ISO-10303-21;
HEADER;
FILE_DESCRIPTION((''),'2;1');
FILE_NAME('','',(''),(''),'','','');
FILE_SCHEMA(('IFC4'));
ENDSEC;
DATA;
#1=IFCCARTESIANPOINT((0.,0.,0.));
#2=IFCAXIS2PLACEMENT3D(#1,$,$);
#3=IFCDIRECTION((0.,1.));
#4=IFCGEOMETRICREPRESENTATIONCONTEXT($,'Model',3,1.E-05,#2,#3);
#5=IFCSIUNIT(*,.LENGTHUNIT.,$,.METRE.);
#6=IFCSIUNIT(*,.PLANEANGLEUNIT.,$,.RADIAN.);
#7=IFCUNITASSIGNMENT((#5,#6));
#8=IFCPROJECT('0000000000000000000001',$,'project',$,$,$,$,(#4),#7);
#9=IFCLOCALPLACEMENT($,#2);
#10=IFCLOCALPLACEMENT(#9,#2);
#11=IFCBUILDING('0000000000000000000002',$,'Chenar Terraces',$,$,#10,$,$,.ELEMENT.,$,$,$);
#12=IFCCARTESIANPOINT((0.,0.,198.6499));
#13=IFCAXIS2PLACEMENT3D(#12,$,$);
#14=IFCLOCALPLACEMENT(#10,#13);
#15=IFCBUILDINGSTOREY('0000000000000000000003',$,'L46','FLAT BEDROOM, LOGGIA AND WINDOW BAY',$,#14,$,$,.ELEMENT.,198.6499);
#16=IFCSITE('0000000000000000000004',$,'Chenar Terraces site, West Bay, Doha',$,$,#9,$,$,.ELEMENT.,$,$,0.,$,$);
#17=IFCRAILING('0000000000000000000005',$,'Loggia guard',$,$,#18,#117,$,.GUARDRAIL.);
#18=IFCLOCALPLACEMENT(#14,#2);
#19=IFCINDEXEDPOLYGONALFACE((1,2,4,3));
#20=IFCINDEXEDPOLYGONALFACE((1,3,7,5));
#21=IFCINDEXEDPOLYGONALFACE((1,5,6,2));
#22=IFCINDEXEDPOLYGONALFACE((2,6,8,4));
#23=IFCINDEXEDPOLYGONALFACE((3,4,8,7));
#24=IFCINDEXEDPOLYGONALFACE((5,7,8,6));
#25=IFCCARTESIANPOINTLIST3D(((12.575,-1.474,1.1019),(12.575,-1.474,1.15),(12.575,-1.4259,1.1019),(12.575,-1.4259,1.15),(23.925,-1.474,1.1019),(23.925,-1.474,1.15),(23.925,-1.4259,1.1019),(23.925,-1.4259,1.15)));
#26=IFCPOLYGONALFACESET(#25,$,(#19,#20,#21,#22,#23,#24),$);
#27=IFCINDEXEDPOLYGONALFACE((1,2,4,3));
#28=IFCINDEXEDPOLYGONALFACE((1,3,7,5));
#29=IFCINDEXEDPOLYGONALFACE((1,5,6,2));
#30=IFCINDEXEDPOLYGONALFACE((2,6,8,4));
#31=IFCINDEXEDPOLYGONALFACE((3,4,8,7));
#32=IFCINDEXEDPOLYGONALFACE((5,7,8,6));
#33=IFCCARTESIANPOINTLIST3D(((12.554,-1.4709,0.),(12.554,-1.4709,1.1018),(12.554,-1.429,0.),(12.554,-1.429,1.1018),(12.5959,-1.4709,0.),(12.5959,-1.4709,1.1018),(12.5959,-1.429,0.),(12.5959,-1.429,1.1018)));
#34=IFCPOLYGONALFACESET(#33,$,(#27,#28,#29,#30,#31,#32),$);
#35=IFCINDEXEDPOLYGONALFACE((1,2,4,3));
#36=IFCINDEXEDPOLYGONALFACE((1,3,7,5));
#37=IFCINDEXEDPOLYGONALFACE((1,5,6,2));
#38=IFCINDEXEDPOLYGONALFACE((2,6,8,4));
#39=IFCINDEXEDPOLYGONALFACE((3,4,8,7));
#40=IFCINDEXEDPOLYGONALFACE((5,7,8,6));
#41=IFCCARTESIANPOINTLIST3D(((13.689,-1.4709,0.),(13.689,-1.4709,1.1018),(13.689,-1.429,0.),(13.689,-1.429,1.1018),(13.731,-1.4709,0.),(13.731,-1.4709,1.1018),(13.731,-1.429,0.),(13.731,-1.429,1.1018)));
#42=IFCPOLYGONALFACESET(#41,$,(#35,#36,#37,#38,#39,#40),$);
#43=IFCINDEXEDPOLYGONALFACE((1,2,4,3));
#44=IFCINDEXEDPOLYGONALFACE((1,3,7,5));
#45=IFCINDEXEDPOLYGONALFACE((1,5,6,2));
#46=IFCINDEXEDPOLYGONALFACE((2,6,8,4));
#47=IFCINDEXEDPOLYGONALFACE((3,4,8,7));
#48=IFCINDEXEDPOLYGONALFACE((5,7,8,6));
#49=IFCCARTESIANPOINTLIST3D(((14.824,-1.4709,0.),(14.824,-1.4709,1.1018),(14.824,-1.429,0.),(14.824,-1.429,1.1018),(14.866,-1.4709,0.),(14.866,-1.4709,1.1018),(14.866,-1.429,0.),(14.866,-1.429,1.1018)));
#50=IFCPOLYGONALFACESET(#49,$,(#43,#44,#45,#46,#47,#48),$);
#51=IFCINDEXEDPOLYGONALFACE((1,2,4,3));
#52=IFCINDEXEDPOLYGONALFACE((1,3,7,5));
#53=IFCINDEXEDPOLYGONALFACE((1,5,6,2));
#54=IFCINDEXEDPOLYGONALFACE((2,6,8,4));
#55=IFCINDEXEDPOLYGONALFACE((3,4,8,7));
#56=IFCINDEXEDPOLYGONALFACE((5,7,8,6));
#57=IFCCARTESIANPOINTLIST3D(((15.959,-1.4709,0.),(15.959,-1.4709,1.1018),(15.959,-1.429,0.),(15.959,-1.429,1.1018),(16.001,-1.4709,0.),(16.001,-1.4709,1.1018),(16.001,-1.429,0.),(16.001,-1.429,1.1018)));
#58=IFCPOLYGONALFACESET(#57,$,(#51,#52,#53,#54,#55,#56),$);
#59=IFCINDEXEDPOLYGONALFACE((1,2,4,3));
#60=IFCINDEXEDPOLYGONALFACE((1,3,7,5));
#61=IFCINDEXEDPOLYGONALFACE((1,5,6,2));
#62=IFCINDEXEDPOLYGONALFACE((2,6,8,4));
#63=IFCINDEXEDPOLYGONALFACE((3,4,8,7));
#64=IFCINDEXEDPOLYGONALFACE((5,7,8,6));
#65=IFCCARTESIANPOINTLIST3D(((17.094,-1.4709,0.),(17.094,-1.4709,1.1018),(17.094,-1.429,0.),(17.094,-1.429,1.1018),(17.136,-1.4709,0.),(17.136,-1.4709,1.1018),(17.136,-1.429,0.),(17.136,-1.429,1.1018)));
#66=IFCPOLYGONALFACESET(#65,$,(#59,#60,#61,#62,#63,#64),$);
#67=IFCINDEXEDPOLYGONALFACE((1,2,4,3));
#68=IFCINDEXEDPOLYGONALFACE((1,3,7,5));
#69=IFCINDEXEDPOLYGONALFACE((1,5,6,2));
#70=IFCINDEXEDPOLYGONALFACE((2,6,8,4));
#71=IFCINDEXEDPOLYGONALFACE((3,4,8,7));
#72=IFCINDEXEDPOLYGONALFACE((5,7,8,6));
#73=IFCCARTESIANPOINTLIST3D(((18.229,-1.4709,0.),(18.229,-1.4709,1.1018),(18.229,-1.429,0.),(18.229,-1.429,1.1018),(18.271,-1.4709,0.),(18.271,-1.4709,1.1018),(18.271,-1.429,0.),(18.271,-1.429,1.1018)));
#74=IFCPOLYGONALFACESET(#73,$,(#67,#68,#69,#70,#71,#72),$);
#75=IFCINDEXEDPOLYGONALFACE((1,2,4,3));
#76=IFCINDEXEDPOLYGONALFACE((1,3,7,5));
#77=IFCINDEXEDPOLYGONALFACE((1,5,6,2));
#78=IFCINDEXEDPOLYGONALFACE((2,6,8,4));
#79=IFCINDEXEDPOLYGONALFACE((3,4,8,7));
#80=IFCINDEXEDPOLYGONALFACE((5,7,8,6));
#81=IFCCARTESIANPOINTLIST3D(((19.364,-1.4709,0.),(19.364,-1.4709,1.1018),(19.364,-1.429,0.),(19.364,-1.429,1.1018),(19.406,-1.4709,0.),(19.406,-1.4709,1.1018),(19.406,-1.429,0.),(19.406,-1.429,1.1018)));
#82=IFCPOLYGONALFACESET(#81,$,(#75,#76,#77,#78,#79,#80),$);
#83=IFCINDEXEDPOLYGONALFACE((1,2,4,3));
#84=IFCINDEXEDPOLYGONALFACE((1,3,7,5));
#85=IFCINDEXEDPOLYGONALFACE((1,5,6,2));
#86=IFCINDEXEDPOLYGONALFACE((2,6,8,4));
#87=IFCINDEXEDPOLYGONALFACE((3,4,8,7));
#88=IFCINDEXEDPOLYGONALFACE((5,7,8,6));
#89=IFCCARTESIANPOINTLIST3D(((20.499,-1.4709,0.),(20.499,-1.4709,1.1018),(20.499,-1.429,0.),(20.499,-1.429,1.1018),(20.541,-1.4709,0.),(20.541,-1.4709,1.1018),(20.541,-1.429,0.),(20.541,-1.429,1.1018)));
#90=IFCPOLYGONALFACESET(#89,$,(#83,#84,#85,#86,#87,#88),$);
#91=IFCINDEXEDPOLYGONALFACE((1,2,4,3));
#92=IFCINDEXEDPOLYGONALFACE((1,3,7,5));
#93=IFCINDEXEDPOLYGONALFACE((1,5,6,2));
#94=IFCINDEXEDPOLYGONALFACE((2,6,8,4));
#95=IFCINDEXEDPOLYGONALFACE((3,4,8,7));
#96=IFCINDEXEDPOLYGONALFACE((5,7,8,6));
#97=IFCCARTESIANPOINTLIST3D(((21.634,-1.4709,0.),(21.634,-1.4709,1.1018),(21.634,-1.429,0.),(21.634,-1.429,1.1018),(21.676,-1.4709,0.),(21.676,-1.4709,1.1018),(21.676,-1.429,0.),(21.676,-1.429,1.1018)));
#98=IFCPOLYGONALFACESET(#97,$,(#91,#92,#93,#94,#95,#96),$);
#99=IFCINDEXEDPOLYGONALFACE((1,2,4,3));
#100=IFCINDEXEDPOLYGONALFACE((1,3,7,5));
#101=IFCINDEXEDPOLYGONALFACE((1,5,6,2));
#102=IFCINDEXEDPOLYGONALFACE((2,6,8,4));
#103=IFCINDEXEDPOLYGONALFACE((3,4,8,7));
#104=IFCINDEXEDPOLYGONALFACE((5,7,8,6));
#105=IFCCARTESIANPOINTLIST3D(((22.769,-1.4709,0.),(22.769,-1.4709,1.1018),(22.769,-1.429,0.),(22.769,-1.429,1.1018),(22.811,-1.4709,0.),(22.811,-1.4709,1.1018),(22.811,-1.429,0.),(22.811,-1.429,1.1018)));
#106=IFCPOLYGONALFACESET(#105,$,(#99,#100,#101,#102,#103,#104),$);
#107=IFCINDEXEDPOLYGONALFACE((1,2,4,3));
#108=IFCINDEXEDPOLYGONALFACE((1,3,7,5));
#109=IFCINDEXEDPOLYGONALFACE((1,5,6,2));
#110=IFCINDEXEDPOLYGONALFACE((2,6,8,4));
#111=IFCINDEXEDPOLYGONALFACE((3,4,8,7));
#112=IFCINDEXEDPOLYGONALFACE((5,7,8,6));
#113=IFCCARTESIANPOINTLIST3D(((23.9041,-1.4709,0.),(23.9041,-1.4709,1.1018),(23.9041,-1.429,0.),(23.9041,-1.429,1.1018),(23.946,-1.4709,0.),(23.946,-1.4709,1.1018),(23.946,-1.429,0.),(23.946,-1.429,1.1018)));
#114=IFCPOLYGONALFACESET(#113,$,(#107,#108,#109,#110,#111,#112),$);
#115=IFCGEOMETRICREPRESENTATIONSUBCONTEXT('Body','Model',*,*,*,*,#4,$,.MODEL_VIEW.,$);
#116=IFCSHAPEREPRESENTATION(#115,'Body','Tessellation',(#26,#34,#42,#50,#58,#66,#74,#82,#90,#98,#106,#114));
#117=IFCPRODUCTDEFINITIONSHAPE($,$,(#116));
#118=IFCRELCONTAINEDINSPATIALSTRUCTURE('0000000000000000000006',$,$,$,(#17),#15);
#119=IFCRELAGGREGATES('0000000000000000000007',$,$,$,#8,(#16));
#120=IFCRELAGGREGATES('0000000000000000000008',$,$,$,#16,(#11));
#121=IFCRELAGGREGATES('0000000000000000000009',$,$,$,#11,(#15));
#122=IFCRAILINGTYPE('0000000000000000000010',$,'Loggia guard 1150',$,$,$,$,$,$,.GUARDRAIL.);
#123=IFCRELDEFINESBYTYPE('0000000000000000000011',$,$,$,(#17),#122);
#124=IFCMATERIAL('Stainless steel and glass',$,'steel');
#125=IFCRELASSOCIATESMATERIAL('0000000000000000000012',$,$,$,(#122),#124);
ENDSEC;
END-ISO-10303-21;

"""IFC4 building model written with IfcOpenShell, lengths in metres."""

from ifc_helpers import new_model, si_unit, direction, frame, origin, origin_2d, place, context, subcontext, project, spatial, rectangle, extrude, material, type_object, element, save


model = new_model("IFC4")

# Units and contexts
model_context = context("Model", 3, precision=1e-05, world=origin(), true_north=direction((0.0, 1.0)))
body_context = subcontext(model_context, "Body", "Model", "MODEL_VIEW")
ifc_project = project(units=[si_unit("LENGTHUNIT", "METRE"), si_unit("PLANEANGLEUNIT", "RADIAN")], contexts=[model_context])

# Site, building, storey
site_placement = place(None, origin())
site = spatial("IfcSite", under=ifc_project, at=site_placement, Name="Chenar Terraces site, West Bay, Doha", CompositionType="ELEMENT", RefElevation=0.0)
building_placement = place(site_placement, origin())
building = spatial("IfcBuilding", under=site, at=building_placement, Name="Chenar Terraces", CompositionType="ELEMENT")
storey_placement = place(building_placement, frame((0.0, 0.0, 198.6499)))
storey = spatial("IfcBuildingStorey", under=building, at=storey_placement, Name="L46", Description="FLAT BEDROOM, LOGGIA AND WINDOW BAY", CompositionType="ELEMENT", Elevation=198.6499)

# Railing
ifc_material_1 = material(Name="Stainless steel and glass", Category="steel")
railing_type = type_object("IfcRailingType", Name="Loggia guard 1150", PredefinedType="GUARDRAIL", material=ifc_material_1)
railing_placement = place(storey_placement, frame((12.575, -1.45, 0.0)))
element("IfcRailing", 1, at=railing_placement, inside=storey, type_object=railing_type, Name="Loggia guard", PredefinedType="GUARDRAIL", context=body_context, shape_type="SweptSolid", body=[
    extrude(rectangle(XDim=0.0481, YDim=0.0481, at=origin_2d()), frame((0.0, 0.0, 1.126), z_axis=(1.0, 0.0, 0.0), x_axis=(0.0, 1.0, 0.0)), (0.0, 0.0, 1.0), 11.3501),
    extrude(rectangle(XDim=0.042, YDim=0.042, at=origin_2d()), origin(), (0.0, 0.0, 1.0), 1.1018),
    extrude(rectangle(XDim=0.042, YDim=0.042, at=origin_2d()), frame((1.135, 0.0, 0.0)), (0.0, 0.0, 1.0), 1.1018),
    extrude(rectangle(XDim=0.042, YDim=0.042, at=origin_2d()), frame((2.27, 0.0, 0.0)), (0.0, 0.0, 1.0), 1.1018),
    extrude(rectangle(XDim=0.042, YDim=0.042, at=origin_2d()), frame((3.405, 0.0, 0.0)), (0.0, 0.0, 1.0), 1.1018),
    extrude(rectangle(XDim=0.042, YDim=0.042, at=origin_2d()), frame((4.54, 0.0, 0.0)), (0.0, 0.0, 1.0), 1.1018),
    extrude(rectangle(XDim=0.042, YDim=0.042, at=origin_2d()), frame((5.675, 0.0, 0.0)), (0.0, 0.0, 1.0), 1.1018),
    extrude(rectangle(XDim=0.042, YDim=0.042, at=origin_2d()), frame((6.8101, 0.0, 0.0)), (0.0, 0.0, 1.0), 1.1018),
    extrude(rectangle(XDim=0.042, YDim=0.042, at=origin_2d()), frame((7.9451, 0.0, 0.0)), (0.0, 0.0, 1.0), 1.1018),
    extrude(rectangle(XDim=0.042, YDim=0.042, at=origin_2d()), frame((9.0801, 0.0, 0.0)), (0.0, 0.0, 1.0), 1.1018),
    extrude(rectangle(XDim=0.042, YDim=0.042, at=origin_2d()), frame((10.2151, 0.0, 0.0)), (0.0, 0.0, 1.0), 1.1018),
    extrude(rectangle(XDim=0.042, YDim=0.042, at=origin_2d()), frame((11.3501, 0.0, 0.0)), (0.0, 0.0, 1.0), 1.1018),
])

save(model, "model.ifc")
